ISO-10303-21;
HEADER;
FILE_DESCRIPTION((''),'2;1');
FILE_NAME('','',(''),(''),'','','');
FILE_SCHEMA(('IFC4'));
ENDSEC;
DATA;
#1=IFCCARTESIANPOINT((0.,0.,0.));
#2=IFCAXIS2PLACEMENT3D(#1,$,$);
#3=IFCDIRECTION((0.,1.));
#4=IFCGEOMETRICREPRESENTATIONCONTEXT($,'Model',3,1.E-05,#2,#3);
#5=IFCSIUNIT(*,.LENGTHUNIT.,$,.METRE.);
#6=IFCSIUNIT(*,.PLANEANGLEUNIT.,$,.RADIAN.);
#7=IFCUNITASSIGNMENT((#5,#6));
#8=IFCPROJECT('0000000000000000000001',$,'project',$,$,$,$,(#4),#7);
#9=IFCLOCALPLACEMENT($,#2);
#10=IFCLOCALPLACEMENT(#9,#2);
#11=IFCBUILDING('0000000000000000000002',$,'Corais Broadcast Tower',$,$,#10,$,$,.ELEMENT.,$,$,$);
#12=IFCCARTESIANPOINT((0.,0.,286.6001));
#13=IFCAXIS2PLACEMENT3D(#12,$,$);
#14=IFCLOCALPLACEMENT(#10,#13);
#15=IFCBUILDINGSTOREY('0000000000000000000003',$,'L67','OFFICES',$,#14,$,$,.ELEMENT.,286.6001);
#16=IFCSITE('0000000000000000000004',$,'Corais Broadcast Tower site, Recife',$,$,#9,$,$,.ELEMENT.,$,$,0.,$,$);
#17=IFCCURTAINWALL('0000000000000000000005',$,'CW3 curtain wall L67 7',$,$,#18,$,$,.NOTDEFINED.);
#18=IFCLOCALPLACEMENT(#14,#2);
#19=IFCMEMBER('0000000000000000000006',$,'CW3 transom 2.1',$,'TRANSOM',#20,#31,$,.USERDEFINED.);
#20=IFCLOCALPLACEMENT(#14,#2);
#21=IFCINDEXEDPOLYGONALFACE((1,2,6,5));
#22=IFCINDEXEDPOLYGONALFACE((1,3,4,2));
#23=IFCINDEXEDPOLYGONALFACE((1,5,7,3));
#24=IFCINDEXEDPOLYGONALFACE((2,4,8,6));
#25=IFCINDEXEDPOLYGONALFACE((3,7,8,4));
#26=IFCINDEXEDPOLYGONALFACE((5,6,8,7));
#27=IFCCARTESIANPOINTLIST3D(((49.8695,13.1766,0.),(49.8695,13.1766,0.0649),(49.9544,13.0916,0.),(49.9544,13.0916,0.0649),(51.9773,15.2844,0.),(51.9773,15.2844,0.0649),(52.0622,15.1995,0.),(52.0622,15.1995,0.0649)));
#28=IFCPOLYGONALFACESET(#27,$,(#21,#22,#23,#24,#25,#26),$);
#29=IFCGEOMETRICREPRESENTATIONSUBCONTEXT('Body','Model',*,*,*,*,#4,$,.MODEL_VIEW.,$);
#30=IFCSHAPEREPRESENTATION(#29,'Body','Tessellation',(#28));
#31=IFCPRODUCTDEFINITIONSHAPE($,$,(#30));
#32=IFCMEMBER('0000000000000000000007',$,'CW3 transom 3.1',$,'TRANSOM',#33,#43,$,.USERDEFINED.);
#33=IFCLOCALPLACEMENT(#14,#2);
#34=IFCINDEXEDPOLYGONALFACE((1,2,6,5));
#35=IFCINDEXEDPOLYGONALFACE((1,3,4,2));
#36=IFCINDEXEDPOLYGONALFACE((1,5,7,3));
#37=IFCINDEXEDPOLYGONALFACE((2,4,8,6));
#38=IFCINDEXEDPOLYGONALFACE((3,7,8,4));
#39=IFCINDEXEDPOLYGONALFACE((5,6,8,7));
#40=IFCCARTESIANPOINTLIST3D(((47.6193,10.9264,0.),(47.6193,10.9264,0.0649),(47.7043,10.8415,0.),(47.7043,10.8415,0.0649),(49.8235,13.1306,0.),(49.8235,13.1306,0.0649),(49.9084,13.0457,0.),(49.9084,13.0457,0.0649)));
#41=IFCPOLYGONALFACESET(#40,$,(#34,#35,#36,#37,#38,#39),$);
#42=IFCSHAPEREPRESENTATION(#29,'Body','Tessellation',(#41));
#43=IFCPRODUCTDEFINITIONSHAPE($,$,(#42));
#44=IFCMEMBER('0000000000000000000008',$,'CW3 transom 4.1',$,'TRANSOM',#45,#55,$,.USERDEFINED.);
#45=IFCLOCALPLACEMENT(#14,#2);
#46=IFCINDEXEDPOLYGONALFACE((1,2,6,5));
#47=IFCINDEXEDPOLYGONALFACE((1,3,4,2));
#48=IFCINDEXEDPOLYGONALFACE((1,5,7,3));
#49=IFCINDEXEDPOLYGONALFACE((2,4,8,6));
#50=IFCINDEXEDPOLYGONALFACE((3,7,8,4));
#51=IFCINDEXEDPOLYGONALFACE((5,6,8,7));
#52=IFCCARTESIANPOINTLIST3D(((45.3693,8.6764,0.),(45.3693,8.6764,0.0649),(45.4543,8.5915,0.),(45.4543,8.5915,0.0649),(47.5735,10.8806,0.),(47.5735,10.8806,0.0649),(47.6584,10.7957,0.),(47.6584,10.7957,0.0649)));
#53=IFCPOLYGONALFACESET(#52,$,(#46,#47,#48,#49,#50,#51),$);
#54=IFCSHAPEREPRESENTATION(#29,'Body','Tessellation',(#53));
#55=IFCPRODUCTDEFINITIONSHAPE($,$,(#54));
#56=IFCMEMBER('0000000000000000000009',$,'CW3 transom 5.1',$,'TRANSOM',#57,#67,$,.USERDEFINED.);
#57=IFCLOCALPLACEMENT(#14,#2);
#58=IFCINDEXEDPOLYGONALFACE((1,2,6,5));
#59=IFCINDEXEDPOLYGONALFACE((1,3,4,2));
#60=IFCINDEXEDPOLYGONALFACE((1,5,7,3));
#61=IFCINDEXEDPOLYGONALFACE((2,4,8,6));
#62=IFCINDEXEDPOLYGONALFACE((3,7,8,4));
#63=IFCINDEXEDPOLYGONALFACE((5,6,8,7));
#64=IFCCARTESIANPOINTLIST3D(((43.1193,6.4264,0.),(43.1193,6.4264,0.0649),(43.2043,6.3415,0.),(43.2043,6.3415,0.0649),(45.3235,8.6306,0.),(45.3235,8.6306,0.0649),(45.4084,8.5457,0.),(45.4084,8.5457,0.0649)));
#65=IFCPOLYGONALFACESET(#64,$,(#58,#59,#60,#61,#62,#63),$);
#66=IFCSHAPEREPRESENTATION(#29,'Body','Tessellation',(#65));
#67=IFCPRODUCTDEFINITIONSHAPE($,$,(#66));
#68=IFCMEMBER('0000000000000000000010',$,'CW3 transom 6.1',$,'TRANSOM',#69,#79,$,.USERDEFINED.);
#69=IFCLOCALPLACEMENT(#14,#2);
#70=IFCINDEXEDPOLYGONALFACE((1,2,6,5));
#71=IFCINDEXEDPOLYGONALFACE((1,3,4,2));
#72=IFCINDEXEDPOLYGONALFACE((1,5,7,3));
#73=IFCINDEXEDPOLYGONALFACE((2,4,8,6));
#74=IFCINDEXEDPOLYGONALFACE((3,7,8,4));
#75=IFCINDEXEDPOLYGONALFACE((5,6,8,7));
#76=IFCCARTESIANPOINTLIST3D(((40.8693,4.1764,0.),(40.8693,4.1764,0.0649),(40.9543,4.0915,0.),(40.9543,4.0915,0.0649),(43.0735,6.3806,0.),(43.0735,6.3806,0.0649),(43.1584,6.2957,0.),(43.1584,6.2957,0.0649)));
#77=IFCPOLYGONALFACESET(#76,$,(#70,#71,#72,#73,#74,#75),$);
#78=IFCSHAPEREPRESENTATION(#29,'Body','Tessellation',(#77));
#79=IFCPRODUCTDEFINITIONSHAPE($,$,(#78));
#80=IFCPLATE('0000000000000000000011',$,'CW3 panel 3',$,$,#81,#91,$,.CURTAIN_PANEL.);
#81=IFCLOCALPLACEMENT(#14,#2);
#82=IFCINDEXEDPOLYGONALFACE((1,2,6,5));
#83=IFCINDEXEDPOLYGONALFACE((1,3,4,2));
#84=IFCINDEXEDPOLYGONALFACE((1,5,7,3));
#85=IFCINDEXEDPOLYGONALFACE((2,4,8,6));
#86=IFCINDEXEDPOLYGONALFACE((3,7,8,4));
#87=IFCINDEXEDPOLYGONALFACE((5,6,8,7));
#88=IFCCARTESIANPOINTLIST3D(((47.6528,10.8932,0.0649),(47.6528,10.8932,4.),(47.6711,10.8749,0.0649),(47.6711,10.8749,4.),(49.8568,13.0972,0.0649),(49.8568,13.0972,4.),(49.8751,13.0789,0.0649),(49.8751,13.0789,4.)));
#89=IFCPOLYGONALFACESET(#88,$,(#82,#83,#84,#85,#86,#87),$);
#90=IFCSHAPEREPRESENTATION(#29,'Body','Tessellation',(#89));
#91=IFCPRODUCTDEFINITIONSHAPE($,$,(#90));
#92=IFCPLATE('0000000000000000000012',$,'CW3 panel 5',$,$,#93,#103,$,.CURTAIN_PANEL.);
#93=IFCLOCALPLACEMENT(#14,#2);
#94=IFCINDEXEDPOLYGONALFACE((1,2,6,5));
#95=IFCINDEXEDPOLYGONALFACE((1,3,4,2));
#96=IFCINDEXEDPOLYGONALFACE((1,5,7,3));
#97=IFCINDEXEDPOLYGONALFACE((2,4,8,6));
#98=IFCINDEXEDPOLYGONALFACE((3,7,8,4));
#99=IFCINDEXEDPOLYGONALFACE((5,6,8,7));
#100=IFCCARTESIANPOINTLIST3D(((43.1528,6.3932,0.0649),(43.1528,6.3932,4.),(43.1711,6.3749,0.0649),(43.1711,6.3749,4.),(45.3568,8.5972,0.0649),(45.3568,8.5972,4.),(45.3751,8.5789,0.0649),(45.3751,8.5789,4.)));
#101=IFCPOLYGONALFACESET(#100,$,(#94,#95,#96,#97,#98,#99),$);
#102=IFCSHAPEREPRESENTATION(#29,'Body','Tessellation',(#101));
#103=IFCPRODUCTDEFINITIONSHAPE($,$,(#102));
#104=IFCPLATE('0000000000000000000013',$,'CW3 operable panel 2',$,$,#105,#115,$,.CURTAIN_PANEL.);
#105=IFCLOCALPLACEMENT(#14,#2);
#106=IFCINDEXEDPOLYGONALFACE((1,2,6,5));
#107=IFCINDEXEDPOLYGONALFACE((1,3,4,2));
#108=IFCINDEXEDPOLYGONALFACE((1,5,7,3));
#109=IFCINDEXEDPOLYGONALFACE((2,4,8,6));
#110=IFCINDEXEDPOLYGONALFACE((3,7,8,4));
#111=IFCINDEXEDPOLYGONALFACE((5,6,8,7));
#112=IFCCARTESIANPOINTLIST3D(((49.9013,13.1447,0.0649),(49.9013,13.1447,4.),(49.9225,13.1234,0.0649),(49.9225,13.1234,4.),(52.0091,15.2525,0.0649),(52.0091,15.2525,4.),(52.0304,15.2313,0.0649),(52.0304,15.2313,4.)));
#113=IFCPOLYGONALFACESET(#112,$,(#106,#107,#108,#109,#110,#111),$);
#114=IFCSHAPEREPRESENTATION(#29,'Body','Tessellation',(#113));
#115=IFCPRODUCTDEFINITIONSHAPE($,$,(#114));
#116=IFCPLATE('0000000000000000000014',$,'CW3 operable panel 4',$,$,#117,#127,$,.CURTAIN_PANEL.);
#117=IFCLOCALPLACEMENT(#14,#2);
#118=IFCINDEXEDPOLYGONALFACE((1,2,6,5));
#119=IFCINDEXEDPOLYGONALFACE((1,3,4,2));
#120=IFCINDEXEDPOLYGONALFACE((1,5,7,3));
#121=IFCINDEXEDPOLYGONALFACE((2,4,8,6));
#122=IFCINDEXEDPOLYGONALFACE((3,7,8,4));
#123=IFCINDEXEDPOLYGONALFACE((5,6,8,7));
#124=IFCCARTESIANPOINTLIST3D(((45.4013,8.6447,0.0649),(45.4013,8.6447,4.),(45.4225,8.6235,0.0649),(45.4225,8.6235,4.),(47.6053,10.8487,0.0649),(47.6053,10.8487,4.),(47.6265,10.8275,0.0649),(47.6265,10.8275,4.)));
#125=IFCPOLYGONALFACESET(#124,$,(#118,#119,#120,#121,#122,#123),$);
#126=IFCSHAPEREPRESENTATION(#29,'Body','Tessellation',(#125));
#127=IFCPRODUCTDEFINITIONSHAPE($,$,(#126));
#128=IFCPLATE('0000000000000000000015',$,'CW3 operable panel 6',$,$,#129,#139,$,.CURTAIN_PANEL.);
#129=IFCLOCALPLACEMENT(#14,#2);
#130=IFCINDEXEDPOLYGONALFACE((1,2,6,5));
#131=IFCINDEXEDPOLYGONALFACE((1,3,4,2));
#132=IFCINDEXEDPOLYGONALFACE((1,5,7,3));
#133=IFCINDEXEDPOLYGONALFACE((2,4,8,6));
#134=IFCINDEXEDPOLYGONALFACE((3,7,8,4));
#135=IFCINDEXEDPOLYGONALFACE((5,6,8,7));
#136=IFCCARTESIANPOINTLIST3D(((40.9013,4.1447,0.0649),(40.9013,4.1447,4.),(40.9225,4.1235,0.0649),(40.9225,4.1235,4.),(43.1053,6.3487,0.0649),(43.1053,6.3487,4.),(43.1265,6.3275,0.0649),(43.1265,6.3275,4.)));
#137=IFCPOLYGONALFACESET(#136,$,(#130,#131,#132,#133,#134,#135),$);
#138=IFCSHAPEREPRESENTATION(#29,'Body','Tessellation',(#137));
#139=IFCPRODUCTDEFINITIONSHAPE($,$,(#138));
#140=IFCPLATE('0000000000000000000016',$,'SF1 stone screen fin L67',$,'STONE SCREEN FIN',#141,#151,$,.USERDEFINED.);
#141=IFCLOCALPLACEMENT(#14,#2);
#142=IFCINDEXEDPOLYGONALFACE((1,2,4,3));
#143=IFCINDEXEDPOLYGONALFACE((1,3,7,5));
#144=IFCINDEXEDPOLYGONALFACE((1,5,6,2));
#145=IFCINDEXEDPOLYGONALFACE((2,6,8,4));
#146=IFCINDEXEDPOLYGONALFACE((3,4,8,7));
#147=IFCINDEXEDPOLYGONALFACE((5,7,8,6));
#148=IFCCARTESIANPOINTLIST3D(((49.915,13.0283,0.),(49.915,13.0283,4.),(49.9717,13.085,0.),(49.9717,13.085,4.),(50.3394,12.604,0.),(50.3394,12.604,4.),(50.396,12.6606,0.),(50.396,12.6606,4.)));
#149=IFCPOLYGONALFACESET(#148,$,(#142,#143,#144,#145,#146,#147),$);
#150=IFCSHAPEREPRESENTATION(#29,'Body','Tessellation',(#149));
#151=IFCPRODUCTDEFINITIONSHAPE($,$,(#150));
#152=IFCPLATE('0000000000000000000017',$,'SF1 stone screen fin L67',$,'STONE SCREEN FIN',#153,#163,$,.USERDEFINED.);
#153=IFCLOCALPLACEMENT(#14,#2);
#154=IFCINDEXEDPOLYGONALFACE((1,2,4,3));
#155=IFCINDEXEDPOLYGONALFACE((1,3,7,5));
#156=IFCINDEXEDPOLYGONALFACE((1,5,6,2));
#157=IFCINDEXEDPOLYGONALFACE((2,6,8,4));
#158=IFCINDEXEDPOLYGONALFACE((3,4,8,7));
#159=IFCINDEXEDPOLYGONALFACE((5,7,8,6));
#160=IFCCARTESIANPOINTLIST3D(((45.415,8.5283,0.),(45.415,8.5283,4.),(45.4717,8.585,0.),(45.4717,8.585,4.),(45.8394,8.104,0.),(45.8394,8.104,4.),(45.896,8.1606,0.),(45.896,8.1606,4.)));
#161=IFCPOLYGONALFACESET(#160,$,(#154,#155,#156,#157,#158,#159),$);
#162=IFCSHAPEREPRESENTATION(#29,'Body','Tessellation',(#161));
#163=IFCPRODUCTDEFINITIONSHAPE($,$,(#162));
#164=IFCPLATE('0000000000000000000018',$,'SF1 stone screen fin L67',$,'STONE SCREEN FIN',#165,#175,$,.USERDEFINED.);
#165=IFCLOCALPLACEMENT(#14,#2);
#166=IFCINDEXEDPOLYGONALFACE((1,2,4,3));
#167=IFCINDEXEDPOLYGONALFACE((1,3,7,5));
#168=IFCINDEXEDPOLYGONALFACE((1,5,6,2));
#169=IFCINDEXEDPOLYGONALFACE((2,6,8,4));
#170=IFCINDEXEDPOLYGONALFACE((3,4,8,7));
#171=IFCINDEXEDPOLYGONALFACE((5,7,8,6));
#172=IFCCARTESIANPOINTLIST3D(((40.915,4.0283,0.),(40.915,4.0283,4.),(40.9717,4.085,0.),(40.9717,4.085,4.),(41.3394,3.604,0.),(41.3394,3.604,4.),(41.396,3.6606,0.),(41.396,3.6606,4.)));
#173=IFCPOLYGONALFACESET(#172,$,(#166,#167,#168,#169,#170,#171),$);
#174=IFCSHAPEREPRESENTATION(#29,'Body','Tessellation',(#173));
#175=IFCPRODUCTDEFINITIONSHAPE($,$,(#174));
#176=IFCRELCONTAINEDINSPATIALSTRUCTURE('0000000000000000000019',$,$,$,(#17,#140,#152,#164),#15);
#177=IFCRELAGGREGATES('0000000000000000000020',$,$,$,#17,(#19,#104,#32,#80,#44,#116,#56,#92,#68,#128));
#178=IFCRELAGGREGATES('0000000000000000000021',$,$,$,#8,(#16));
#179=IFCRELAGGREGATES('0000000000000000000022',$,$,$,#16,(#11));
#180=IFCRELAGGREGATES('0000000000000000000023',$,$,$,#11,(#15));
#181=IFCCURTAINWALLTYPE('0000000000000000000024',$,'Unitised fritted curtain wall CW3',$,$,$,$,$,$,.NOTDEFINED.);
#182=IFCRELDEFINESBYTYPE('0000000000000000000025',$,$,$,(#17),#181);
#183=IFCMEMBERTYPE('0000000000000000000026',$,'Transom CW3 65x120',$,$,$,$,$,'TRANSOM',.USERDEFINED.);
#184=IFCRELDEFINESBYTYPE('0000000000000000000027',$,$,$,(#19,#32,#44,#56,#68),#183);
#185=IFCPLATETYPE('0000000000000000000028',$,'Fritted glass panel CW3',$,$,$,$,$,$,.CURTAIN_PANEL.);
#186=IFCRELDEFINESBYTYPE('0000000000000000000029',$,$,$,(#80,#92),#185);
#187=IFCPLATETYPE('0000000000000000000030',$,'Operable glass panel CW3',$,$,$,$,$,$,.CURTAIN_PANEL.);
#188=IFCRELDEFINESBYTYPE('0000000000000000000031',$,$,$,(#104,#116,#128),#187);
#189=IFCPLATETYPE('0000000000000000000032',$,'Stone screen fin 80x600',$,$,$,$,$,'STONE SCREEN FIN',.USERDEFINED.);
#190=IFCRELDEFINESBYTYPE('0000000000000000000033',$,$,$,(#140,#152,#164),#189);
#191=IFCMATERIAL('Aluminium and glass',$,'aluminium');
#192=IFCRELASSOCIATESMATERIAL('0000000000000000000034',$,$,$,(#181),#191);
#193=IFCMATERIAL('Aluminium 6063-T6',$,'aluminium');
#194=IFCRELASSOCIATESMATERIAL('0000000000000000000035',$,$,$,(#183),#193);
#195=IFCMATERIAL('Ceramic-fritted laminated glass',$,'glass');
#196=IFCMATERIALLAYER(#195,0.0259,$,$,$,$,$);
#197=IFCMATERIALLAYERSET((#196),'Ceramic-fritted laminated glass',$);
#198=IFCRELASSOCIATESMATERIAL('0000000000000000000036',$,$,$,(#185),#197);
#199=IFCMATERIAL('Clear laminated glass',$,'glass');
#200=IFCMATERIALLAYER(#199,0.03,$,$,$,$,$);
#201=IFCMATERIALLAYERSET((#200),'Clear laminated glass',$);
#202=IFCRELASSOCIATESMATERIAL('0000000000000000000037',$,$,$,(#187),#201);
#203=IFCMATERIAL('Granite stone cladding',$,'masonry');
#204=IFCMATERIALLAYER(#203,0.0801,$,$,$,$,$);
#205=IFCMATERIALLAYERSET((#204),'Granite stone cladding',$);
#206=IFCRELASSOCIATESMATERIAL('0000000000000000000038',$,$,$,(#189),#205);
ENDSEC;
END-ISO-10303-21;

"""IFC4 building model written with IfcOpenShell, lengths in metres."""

from ifc_helpers import new_model, si_unit, direction, frame, origin, origin_2d, place, context, subcontext, project, spatial, rectangle, extrude, material, layer, layer_set, material_profile, profile_set, type_object, element, aggregate, save


model = new_model("IFC4")

# Units and contexts
model_context = context("Model", 3, precision=1e-05, world=origin(), true_north=direction((0.0, 1.0)))
body_context = subcontext(model_context, "Body", "Model", "MODEL_VIEW")
ifc_project = project(units=[si_unit("LENGTHUNIT", "METRE"), si_unit("PLANEANGLEUNIT", "RADIAN")], contexts=[model_context])

# Site, building, storey
site_placement = place(None, origin())
site = spatial("IfcSite", under=ifc_project, at=site_placement, Name="Corais Broadcast Tower site, Recife", CompositionType="ELEMENT", RefElevation=0.0)
building_placement = place(site_placement, origin())
building = spatial("IfcBuilding", under=site, at=building_placement, Name="Corais Broadcast Tower", CompositionType="ELEMENT")
storey_placement = place(building_placement, frame((0.0, 0.0, 286.6001)))
storey = spatial("IfcBuildingStorey", under=building, at=storey_placement, Name="L67", Description="OFFICES", CompositionType="ELEMENT", Elevation=286.6001)

# Curtain wall
ifc_material_1 = material(Name="Aluminium and glass", Category="aluminium")
curtain_wall_type = type_object("IfcCurtainWallType", Name="Unitised fritted curtain wall CW3", PredefinedType="NOTDEFINED", material=ifc_material_1)
curtain_wall_placement = place(storey_placement, origin())
curtain_wall = element("IfcCurtainWall", 1, at=curtain_wall_placement, inside=storey, type_object=curtain_wall_type, Name="CW3 curtain wall L67 7", PredefinedType="NOTDEFINED")

# Members
ifc_material_2 = material(Name="Aluminium 6063-T6", Category="aluminium")
ifc_material_profile_1 = material_profile(ifc_material_2, rectangle(XDim=0.1201, YDim=0.0649, at=origin_2d()), Name="Transom CW3 65x120")
ifc_profile_set_1 = profile_set([ifc_material_profile_1], Name="Aluminium 6063-T6")
member_type_1 = type_object("IfcMemberType", Name="Transom CW3 65x120", ElementType="TRANSOM", PredefinedType="USERDEFINED", material=ifc_profile_set_1)
member_1_placement = place(storey_placement, frame((52.0198, 15.2419, 0.0325), z_axis=(-0.707107, -0.707107, 0.0), x_axis=(0.707107, -0.707107, 0.0)))
member_1 = element("IfcMember", 2, at=member_1_placement, type_object=member_type_1, Name="CW3 transom 2.1", ObjectType="TRANSOM", PredefinedType="USERDEFINED", context=body_context, shape_type="SweptSolid", body=[
    extrude(rectangle(XDim=0.1201, YDim=0.0649, at=origin_2d()), origin(), (0.0, 0.0, 1.0), 2.981),
])
member_2_placement = place(storey_placement, frame((49.866, 13.0881, 0.0325), z_axis=(-0.707107, -0.707107, 0.0), x_axis=(0.707107, -0.707107, 0.0)))
member_2 = element("IfcMember", 3, at=member_2_placement, type_object=member_type_1, Name="CW3 transom 3.1", ObjectType="TRANSOM", PredefinedType="USERDEFINED", context=body_context, shape_type="SweptSolid", body=[
    extrude(rectangle(XDim=0.1201, YDim=0.0649, at=origin_2d()), origin(), (0.0, 0.0, 1.0), 3.1172),
])
member_3_placement = place(storey_placement, frame((47.616, 10.8381, 0.0325), z_axis=(-0.707107, -0.707107, 0.0), x_axis=(0.707107, -0.707107, 0.0)))
member_3 = element("IfcMember", 4, at=member_3_placement, type_object=member_type_1, Name="CW3 transom 4.1", ObjectType="TRANSOM", PredefinedType="USERDEFINED", context=body_context, shape_type="SweptSolid", body=[
    extrude(rectangle(XDim=0.1201, YDim=0.0649, at=origin_2d()), origin(), (0.0, 0.0, 1.0), 3.1172),
])
member_4_placement = place(storey_placement, frame((45.366, 8.5881, 0.0325), z_axis=(-0.707107, -0.707107, 0.0), x_axis=(0.707107, -0.707107, 0.0)))
member_4 = element("IfcMember", 5, at=member_4_placement, type_object=member_type_1, Name="CW3 transom 5.1", ObjectType="TRANSOM", PredefinedType="USERDEFINED", context=body_context, shape_type="SweptSolid", body=[
    extrude(rectangle(XDim=0.1201, YDim=0.0649, at=origin_2d()), origin(), (0.0, 0.0, 1.0), 3.1172),
])
member_5_placement = place(storey_placement, frame((43.116, 6.3381, 0.0325), z_axis=(-0.707107, -0.707107, 0.0), x_axis=(0.707107, -0.707107, 0.0)))
member_5 = element("IfcMember", 6, at=member_5_placement, type_object=member_type_1, Name="CW3 transom 6.1", ObjectType="TRANSOM", PredefinedType="USERDEFINED", context=body_context, shape_type="SweptSolid", body=[
    extrude(rectangle(XDim=0.1201, YDim=0.0649, at=origin_2d()), origin(), (0.0, 0.0, 1.0), 3.1172),
])

# Plates
ifc_material_3 = material(Name="Ceramic-fritted laminated glass", Category="glass")
ifc_layer_1 = layer(ifc_material_3, 0.0259)
ifc_layer_set_1 = layer_set([ifc_layer_1], Name="Ceramic-fritted laminated glass")
plate_type_1 = type_object("IfcPlateType", Name="Fritted glass panel CW3", PredefinedType="CURTAIN_PANEL", material=ifc_layer_set_1)
plate_1_placement = place(storey_placement, frame((48.7639, 11.9861, 0.0649), z_axis=(0.0, 0.0, 1.0), x_axis=(-0.707107, -0.707107, 0.0)))
plate_1 = element("IfcPlate", 7, at=plate_1_placement, type_object=plate_type_1, Name="CW3 panel 3", PredefinedType="CURTAIN_PANEL", context=body_context, shape_type="SweptSolid", body=[
    extrude(rectangle(XDim=3.1169, YDim=0.0259, at=origin_2d()), origin(), (0.0, 0.0, 1.0), 3.9351),
])
plate_2_placement = place(storey_placement, frame((44.2639, 7.4861, 0.0649), z_axis=(0.0, 0.0, 1.0), x_axis=(-0.707107, -0.707107, 0.0)))
plate_2 = element("IfcPlate", 8, at=plate_2_placement, type_object=plate_type_1, Name="CW3 panel 5", PredefinedType="CURTAIN_PANEL", context=body_context, shape_type="SweptSolid", body=[
    extrude(rectangle(XDim=3.1169, YDim=0.0259, at=origin_2d()), origin(), (0.0, 0.0, 1.0), 3.9351),
])
ifc_material_4 = material(Name="Clear laminated glass", Category="glass")
ifc_layer_2 = layer(ifc_material_4, 0.03)
ifc_layer_set_2 = layer_set([ifc_layer_2], Name="Clear laminated glass")
plate_type_2 = type_object("IfcPlateType", Name="Operable glass panel CW3", PredefinedType="CURTAIN_PANEL", material=ifc_layer_set_2)
plate_3_placement = place(storey_placement, frame((50.9658, 14.188, 0.0649), z_axis=(0.0, 0.0, 1.0), x_axis=(-0.707107, -0.707107, 0.0)))
plate_3 = element("IfcPlate", 9, at=plate_3_placement, type_object=plate_type_2, Name="CW3 operable panel 2", PredefinedType="CURTAIN_PANEL", context=body_context, shape_type="SweptSolid", body=[
    extrude(rectangle(XDim=2.981, YDim=0.03, at=origin_2d()), origin(), (0.0, 0.0, 1.0), 3.9351),
])
plate_4_placement = place(storey_placement, frame((46.5139, 9.7361, 0.0649), z_axis=(0.0, 0.0, 1.0), x_axis=(-0.707107, -0.707107, 0.0)))
plate_4 = element("IfcPlate", 10, at=plate_4_placement, type_object=plate_type_2, Name="CW3 operable panel 4", PredefinedType="CURTAIN_PANEL", context=body_context, shape_type="SweptSolid", body=[
    extrude(rectangle(XDim=3.1169, YDim=0.03, at=origin_2d()), origin(), (0.0, 0.0, 1.0), 3.9351),
])
plate_5_placement = place(storey_placement, frame((42.0139, 5.2361, 0.0649), z_axis=(0.0, 0.0, 1.0), x_axis=(-0.707107, -0.707107, 0.0)))
plate_5 = element("IfcPlate", 11, at=plate_5_placement, type_object=plate_type_2, Name="CW3 operable panel 6", PredefinedType="CURTAIN_PANEL", context=body_context, shape_type="SweptSolid", body=[
    extrude(rectangle(XDim=3.1169, YDim=0.03, at=origin_2d()), origin(), (0.0, 0.0, 1.0), 3.9351),
])
aggregate(curtain_wall, [member_1, plate_3, member_2, plate_1, member_3, plate_4, member_4, plate_2, member_5, plate_5])

# Plates
ifc_material_5 = material(Name="Granite stone cladding", Category="masonry")
ifc_layer_3 = layer(ifc_material_5, 0.0801)
ifc_layer_set_3 = layer_set([ifc_layer_3], Name="Granite stone cladding")
plate_type_3 = type_object("IfcPlateType", Name="Stone screen fin 80x600", ElementType="STONE SCREEN FIN", PredefinedType="USERDEFINED", material=ifc_layer_set_3)
for number, where, z_axis, x_axis, name in (
    (12, (50.1555, 12.8445, 0.0), (0.0, 0.0, 1.0), (-0.707107, -0.707107, 0.0), "SF1 stone screen fin L67"),
    (13, (45.6555, 8.3445, 0.0), (0.0, 0.0, 1.0), (-0.707107, -0.707107, 0.0), "SF1 stone screen fin L67"),
    (14, (41.1555, 3.8445, 0.0), (0.0, 0.0, 1.0), (-0.707107, -0.707107, 0.0), "SF1 stone screen fin L67"),
):
    element("IfcPlate", number, at=place(storey_placement, frame(where, z_axis=z_axis, x_axis=x_axis)), inside=storey, type_object=plate_type_3, Name=name, ObjectType="STONE SCREEN FIN", PredefinedType="USERDEFINED", context=body_context, shape_type="SweptSolid", body=[
        extrude(rectangle(XDim=0.0801, YDim=0.6001, at=origin_2d()), origin(), (0.0, 0.0, 1.0), 4.0),
    ])

save(model, "model.ifc")
